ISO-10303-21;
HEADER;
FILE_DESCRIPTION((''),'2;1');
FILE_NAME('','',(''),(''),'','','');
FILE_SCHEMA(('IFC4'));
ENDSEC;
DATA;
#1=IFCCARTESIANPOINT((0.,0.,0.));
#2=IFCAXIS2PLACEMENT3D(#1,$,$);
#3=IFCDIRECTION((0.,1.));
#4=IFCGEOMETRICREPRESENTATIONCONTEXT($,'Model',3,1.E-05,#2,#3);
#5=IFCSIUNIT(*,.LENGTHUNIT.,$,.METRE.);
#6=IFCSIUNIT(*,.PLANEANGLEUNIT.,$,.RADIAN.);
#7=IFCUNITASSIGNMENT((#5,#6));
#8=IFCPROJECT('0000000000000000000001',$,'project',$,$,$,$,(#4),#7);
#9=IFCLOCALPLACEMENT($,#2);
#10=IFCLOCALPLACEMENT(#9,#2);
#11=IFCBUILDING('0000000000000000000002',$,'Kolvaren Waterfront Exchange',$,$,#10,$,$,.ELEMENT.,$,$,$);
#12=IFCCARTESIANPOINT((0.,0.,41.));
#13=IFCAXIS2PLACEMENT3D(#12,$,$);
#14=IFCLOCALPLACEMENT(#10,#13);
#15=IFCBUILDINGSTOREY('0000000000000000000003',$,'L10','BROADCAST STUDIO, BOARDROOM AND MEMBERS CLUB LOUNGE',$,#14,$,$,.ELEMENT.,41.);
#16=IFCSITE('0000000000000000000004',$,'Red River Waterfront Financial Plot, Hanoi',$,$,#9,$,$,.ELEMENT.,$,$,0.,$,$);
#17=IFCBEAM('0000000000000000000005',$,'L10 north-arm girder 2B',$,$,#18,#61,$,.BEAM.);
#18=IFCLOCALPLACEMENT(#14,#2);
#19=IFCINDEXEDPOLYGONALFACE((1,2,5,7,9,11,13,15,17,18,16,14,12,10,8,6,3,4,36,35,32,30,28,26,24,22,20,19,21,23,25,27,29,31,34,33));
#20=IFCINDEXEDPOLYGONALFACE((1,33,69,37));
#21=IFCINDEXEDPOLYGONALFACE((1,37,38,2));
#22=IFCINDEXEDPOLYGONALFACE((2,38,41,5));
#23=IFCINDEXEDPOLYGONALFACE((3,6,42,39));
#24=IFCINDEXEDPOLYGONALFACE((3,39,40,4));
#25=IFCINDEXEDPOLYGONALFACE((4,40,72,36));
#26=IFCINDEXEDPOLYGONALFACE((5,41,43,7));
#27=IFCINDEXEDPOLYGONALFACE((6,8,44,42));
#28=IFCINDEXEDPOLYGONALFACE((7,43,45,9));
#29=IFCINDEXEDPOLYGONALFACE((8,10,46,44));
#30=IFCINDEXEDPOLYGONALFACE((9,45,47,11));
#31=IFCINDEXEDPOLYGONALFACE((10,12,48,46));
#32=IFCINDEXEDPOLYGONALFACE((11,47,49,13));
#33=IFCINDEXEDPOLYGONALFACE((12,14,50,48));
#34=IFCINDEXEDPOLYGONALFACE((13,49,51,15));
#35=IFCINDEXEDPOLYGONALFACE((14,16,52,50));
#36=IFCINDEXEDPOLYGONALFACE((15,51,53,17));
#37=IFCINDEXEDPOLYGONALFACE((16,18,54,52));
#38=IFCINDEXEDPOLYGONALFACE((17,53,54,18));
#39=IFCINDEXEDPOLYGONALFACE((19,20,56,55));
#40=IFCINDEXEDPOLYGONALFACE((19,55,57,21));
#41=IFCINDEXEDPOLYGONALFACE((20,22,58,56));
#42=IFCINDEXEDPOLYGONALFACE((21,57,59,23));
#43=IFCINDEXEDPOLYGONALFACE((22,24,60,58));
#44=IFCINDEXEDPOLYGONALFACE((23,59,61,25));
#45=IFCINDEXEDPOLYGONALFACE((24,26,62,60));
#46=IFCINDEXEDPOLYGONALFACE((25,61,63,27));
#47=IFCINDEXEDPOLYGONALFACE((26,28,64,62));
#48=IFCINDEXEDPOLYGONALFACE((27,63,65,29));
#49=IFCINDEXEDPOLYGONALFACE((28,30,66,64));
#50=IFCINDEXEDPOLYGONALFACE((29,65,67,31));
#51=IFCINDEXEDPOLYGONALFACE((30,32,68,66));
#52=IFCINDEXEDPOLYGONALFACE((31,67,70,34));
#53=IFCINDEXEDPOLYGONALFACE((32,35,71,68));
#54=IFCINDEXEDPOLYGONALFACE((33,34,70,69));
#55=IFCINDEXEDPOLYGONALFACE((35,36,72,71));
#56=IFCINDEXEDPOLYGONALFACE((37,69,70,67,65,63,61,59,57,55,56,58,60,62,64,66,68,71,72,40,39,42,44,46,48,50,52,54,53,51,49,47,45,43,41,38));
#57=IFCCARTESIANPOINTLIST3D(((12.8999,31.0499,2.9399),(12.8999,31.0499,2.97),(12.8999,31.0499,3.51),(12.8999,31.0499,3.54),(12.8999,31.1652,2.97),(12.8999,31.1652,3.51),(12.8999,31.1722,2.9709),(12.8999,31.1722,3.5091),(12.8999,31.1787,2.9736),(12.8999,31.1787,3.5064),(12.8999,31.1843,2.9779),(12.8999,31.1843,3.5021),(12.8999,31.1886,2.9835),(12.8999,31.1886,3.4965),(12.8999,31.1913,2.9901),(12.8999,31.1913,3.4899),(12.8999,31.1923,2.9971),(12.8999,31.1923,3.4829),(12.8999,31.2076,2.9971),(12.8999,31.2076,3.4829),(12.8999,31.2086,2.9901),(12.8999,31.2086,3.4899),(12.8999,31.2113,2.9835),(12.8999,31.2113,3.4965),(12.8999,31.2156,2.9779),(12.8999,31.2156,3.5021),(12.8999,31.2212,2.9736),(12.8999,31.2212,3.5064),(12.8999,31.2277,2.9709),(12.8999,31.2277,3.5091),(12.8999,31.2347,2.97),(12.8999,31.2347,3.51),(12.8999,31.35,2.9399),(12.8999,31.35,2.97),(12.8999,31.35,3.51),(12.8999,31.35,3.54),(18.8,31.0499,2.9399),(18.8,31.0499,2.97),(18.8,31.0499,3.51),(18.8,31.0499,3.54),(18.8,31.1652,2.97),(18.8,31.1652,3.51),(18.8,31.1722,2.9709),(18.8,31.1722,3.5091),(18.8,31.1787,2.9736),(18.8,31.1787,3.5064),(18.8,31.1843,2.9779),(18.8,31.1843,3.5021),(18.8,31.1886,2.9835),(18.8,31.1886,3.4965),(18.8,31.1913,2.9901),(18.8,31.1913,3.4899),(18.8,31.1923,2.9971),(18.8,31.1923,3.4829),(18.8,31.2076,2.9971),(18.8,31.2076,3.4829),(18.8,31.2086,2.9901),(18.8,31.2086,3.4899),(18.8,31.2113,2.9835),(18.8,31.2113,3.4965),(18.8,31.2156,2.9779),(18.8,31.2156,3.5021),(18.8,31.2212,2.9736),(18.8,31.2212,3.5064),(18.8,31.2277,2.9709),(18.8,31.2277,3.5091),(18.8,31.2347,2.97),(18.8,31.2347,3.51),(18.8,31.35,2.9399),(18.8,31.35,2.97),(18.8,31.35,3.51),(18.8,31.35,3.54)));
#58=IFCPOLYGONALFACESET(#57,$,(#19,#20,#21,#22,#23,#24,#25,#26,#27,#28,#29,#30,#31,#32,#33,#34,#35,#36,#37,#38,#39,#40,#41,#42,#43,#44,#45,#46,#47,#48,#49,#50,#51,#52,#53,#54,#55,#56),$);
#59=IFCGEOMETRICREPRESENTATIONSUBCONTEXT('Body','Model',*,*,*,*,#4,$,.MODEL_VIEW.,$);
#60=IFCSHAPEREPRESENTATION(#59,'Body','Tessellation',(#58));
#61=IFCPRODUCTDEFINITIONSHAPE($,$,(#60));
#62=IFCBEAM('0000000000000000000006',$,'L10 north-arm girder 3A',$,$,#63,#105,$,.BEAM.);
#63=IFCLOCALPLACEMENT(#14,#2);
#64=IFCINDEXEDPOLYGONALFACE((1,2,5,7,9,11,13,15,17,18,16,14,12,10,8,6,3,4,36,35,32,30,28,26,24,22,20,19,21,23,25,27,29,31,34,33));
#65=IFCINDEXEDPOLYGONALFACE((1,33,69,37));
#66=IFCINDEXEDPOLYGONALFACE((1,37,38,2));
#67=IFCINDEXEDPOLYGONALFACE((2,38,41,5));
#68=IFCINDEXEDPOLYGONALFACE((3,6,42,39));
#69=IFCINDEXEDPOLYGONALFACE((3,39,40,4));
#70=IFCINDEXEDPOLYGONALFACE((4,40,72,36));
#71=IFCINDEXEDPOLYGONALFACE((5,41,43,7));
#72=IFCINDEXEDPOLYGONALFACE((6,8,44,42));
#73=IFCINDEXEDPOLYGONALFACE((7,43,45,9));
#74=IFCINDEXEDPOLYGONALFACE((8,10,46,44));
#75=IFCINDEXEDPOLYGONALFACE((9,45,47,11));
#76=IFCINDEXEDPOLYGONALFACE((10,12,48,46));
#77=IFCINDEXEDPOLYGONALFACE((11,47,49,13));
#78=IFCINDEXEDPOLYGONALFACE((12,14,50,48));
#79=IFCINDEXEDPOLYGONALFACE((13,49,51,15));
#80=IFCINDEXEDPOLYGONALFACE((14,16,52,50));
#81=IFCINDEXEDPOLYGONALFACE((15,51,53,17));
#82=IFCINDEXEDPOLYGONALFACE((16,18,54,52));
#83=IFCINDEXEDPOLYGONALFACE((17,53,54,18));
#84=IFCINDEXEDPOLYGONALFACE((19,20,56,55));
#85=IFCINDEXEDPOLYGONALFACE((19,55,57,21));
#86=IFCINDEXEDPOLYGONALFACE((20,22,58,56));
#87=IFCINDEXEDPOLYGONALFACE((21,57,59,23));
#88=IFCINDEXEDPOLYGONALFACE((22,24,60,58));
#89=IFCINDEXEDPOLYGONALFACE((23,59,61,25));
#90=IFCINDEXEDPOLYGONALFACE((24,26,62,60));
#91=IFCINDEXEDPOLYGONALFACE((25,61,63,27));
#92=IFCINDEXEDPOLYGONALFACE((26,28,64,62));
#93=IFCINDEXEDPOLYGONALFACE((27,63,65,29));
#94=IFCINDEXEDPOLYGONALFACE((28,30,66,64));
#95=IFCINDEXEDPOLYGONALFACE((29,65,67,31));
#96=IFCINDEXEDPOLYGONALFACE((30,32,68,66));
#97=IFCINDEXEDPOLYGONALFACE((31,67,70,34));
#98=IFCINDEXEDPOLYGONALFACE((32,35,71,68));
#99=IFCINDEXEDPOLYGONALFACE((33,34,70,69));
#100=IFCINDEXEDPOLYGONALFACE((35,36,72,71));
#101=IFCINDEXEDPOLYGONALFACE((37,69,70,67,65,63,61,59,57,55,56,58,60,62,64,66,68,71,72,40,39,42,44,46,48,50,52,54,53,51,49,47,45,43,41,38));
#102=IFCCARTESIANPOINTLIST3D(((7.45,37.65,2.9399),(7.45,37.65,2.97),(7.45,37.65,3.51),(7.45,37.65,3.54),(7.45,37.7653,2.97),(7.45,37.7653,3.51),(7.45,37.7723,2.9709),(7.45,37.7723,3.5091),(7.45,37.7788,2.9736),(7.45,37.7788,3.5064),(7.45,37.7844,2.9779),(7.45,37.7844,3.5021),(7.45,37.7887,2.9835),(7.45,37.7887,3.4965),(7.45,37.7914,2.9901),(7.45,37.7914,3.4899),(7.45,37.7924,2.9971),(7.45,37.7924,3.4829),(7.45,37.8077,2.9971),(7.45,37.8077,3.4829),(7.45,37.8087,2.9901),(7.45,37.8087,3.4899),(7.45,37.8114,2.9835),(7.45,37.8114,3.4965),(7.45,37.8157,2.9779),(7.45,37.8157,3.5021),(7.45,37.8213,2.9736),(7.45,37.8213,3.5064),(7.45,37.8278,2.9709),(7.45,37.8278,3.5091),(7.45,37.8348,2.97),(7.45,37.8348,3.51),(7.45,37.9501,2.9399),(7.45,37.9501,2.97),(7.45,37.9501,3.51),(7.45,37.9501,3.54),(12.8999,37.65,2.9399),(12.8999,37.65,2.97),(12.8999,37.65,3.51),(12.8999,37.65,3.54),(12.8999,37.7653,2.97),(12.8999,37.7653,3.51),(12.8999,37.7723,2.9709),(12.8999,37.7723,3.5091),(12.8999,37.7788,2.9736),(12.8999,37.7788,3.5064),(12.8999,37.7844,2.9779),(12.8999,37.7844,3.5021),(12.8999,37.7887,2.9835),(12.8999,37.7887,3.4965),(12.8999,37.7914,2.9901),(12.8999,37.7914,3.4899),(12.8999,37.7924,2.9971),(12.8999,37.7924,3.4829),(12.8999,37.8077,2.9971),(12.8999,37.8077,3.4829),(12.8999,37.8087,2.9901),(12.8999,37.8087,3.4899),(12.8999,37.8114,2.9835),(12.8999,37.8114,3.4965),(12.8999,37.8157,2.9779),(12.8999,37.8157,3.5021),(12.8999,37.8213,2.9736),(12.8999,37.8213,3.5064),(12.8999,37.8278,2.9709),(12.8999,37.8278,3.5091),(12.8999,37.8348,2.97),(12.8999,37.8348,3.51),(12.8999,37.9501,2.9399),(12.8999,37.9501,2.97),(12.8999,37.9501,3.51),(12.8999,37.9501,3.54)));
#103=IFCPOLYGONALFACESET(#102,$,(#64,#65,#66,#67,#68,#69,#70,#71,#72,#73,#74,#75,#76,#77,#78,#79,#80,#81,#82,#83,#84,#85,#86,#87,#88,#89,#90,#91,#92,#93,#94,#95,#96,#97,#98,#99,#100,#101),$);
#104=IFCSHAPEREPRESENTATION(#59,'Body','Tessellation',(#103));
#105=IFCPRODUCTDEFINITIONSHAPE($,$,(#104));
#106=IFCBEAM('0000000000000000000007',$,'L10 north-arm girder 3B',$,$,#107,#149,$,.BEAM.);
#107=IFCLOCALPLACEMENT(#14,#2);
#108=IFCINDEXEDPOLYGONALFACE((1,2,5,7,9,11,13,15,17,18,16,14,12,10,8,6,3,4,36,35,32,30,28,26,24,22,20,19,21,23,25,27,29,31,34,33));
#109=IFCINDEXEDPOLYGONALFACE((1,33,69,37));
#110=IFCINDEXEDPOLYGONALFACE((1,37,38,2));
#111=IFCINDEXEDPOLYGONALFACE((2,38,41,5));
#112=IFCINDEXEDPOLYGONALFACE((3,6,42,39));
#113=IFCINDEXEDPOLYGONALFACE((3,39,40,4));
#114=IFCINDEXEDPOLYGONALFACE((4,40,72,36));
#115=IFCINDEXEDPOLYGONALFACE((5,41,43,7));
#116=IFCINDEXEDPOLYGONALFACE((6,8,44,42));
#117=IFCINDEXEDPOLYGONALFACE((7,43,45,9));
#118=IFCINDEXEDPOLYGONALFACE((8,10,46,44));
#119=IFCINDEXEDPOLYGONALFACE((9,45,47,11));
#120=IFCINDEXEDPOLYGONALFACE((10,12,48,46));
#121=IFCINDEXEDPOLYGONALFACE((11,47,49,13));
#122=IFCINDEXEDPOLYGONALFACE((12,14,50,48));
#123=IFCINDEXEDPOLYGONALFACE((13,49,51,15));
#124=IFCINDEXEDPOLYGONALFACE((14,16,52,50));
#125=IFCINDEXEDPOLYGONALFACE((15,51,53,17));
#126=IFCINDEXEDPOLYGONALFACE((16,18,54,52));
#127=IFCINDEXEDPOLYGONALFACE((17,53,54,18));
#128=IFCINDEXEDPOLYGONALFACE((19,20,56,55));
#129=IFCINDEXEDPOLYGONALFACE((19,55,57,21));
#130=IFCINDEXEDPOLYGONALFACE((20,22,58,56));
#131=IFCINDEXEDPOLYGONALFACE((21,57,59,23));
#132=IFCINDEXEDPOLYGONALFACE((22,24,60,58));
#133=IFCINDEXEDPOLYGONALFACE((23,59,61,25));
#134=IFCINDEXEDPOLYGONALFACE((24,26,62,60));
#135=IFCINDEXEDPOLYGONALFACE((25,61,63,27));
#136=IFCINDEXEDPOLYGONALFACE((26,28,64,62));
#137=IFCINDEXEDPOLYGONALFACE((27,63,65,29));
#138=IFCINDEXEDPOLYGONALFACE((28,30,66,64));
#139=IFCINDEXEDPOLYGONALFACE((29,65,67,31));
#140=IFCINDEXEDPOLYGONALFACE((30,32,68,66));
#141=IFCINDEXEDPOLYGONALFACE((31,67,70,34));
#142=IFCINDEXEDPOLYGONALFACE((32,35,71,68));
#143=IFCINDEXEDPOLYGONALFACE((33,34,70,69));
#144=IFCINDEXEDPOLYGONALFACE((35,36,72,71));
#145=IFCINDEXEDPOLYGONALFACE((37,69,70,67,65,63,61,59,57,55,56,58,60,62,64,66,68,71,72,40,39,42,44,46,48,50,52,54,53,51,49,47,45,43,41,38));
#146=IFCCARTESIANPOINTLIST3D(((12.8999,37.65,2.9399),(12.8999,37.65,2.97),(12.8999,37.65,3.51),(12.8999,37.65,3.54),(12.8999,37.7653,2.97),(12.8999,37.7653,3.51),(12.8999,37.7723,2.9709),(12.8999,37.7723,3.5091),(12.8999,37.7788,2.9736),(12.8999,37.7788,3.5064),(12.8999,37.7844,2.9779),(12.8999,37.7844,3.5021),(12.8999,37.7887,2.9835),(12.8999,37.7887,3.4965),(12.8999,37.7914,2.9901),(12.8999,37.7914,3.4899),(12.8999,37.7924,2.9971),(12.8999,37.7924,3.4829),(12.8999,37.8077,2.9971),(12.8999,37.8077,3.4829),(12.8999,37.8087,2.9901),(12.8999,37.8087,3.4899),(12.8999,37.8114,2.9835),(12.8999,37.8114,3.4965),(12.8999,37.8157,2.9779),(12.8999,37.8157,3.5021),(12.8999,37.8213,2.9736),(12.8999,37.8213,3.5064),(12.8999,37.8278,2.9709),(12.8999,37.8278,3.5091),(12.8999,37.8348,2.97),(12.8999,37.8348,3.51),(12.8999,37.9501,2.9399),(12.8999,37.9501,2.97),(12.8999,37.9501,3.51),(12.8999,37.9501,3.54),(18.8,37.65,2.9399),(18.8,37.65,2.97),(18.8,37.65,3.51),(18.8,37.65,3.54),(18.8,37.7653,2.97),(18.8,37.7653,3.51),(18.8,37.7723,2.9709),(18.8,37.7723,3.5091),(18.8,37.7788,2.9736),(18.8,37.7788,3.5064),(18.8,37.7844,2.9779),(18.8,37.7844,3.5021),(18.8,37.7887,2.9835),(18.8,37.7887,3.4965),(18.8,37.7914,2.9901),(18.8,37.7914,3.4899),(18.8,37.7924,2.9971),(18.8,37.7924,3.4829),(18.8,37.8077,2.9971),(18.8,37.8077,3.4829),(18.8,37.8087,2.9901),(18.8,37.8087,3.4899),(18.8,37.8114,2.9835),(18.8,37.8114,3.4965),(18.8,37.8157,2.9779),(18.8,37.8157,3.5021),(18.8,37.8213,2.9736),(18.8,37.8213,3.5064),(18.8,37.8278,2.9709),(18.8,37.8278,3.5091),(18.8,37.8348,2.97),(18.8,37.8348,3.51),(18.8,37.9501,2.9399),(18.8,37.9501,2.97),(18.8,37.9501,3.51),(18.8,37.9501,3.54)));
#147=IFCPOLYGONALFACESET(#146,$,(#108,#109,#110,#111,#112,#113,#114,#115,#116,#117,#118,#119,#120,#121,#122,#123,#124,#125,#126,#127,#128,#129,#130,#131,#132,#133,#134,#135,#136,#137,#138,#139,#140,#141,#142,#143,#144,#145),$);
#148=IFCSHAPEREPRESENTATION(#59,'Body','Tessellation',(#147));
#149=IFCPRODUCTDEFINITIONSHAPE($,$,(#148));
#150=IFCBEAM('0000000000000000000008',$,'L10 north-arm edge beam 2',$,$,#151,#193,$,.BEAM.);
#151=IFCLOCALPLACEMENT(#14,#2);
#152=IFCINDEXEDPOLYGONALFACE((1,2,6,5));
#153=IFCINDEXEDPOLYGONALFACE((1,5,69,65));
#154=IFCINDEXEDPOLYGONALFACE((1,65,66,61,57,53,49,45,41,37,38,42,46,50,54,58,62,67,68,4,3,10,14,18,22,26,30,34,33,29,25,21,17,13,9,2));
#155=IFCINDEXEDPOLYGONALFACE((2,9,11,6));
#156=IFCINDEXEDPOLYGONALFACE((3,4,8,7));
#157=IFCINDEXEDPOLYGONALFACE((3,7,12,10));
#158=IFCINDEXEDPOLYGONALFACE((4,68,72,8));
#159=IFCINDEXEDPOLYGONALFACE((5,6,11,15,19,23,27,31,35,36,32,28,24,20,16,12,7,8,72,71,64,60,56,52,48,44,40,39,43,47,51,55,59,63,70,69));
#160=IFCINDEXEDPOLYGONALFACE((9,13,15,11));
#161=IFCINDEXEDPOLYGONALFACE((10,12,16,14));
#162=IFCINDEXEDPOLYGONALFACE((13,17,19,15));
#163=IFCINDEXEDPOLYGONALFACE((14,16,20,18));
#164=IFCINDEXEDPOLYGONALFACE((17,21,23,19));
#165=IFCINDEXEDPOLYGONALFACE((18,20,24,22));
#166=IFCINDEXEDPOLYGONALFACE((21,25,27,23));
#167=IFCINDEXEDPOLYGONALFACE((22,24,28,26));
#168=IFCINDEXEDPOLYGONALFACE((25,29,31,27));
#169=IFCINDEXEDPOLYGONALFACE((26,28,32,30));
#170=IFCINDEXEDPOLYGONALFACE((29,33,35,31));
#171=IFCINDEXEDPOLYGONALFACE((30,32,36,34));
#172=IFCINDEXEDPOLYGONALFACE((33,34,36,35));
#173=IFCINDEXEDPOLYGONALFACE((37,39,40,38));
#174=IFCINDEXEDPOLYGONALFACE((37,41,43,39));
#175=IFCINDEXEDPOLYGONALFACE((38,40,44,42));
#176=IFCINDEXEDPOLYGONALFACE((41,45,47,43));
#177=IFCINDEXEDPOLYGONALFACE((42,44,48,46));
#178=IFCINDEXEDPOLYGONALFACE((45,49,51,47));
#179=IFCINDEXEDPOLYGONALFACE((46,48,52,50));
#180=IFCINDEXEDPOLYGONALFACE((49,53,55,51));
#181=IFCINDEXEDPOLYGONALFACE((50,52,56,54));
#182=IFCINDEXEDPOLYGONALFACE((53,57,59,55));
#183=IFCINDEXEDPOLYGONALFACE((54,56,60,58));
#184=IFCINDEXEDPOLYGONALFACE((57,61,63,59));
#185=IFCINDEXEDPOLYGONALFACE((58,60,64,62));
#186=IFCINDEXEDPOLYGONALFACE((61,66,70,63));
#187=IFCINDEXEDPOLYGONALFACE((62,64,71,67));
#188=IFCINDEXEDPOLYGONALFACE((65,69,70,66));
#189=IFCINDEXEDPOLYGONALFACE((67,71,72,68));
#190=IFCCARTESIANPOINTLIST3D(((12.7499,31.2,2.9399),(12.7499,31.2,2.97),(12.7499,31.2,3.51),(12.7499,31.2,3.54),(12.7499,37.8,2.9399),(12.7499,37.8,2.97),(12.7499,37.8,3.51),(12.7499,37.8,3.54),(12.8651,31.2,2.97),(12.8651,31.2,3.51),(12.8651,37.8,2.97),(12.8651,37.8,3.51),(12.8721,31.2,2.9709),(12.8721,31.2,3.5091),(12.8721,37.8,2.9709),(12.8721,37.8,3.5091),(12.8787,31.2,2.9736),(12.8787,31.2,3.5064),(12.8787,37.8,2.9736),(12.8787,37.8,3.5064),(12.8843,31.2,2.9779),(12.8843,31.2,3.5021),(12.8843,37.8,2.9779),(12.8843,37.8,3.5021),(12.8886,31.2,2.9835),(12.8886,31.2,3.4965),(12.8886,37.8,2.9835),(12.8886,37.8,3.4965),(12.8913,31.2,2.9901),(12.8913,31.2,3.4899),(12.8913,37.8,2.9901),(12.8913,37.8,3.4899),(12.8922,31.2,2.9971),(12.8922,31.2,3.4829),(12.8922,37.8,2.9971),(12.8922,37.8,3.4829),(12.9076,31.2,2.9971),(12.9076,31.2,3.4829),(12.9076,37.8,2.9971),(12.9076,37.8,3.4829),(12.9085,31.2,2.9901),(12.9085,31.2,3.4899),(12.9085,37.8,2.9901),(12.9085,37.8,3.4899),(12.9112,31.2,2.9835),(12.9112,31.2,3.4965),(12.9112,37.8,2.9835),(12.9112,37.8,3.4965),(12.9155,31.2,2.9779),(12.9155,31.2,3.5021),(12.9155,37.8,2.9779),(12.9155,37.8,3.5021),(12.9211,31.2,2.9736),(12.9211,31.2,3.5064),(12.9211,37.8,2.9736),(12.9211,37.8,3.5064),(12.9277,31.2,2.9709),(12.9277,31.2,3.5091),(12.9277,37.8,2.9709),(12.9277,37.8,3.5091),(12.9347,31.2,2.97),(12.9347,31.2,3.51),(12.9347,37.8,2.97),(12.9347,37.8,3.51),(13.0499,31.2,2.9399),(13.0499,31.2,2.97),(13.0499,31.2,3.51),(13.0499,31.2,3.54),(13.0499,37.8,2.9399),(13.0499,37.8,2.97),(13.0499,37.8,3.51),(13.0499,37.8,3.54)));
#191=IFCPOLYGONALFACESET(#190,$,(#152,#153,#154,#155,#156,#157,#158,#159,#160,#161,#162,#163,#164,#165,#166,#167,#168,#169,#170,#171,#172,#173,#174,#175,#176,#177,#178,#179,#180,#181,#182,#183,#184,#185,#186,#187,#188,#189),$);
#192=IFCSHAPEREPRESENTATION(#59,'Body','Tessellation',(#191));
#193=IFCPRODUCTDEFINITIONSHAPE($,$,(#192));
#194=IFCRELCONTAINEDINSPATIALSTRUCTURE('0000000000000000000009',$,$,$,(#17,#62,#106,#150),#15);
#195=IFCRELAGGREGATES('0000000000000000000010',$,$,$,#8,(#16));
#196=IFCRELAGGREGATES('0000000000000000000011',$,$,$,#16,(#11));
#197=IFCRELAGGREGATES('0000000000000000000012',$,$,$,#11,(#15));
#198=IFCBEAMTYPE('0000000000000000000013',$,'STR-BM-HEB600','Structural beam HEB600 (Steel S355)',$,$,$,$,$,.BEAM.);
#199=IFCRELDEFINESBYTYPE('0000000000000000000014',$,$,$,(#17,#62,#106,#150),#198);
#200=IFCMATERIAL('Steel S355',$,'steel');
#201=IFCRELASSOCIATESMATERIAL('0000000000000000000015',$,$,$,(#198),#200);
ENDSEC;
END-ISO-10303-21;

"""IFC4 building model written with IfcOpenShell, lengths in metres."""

from ifc_helpers import new_model, si_unit, direction, frame, origin, origin_2d, place, context, subcontext, project, spatial, i_section, extrude, material, material_profile, profile_set, type_object, element, save


model = new_model("IFC4")

# Units and contexts
model_context = context("Model", 3, precision=1e-05, world=origin(), true_north=direction((0.0, 1.0)))
body_context = subcontext(model_context, "Body", "Model", "MODEL_VIEW")
ifc_project = project(units=[si_unit("LENGTHUNIT", "METRE"), si_unit("PLANEANGLEUNIT", "RADIAN")], contexts=[model_context])

# Site, building, storey
site_placement = place(None, origin())
site = spatial("IfcSite", under=ifc_project, at=site_placement, Name="Red River Waterfront Financial Plot, Hanoi", CompositionType="ELEMENT", RefElevation=0.0)
building_placement = place(site_placement, origin())
building = spatial("IfcBuilding", under=site, at=building_placement, Name="Kolvaren Waterfront Exchange", CompositionType="ELEMENT")
storey_placement = place(building_placement, frame((0.0, 0.0, 41.0)))
storey = spatial("IfcBuildingStorey", under=building, at=storey_placement, Name="L10", Description="BROADCAST STUDIO, BOARDROOM AND MEMBERS CLUB LOUNGE", CompositionType="ELEMENT", Elevation=41.0)

# Beams
ifc_material_1 = material(Name="Steel S355", Category="steel")
ifc_material_profile_1 = material_profile(ifc_material_1, i_section(OverallWidth=0.3, OverallDepth=0.6001, WebThickness=0.0154, FlangeThickness=0.03, FilletRadius=0.0271, at=origin_2d()), Name="HEB600")
ifc_profile_set_1 = profile_set([ifc_material_profile_1], Name="Steel S355")
beam_type_1 = type_object("IfcBeamType", Name="STR-BM-HEB600", Description="Structural beam HEB600 (Steel S355)", PredefinedType="BEAM", material=ifc_profile_set_1)
beam_1_placement = place(storey_placement, frame((12.8999, 31.2, 3.24), z_axis=(1.0, 0.0, 0.0), x_axis=(0.0, 1.0, 0.0)))
element("IfcBeam", 1, at=beam_1_placement, inside=storey, type_object=beam_type_1, Name="L10 north-arm girder 2B", PredefinedType="BEAM", context=body_context, shape_type="SweptSolid", body=[
    extrude(i_section(OverallWidth=0.3, OverallDepth=0.6001, WebThickness=0.0154, FlangeThickness=0.03, FilletRadius=0.0271, at=origin_2d()), origin(), (0.0, 0.0, 1.0), 5.9001),
])
beam_2_placement = place(storey_placement, frame((7.45, 37.8, 3.24), z_axis=(1.0, 0.0, 0.0), x_axis=(0.0, 1.0, 0.0)))
element("IfcBeam", 2, at=beam_2_placement, inside=storey, type_object=beam_type_1, Name="L10 north-arm girder 3A", PredefinedType="BEAM", context=body_context, shape_type="SweptSolid", body=[
    extrude(i_section(OverallWidth=0.3, OverallDepth=0.6001, WebThickness=0.0154, FlangeThickness=0.03, FilletRadius=0.0271, at=origin_2d()), origin(), (0.0, 0.0, 1.0), 5.45),
])
beam_3_placement = place(storey_placement, frame((12.8999, 37.8, 3.24), z_axis=(1.0, 0.0, 0.0), x_axis=(0.0, 1.0, 0.0)))
element("IfcBeam", 3, at=beam_3_placement, inside=storey, type_object=beam_type_1, Name="L10 north-arm girder 3B", PredefinedType="BEAM", context=body_context, shape_type="SweptSolid", body=[
    extrude(i_section(OverallWidth=0.3, OverallDepth=0.6001, WebThickness=0.0154, FlangeThickness=0.03, FilletRadius=0.0271, at=origin_2d()), origin(), (0.0, 0.0, 1.0), 5.9001),
])
beam_4_placement = place(storey_placement, frame((12.8999, 31.2, 3.24), z_axis=(0.0, 1.0, 0.0), x_axis=(-1.0, 0.0, 0.0)))
element("IfcBeam", 4, at=beam_4_placement, inside=storey, type_object=beam_type_1, Name="L10 north-arm edge beam 2", PredefinedType="BEAM", context=body_context, shape_type="SweptSolid", body=[
    extrude(i_section(OverallWidth=0.3, OverallDepth=0.6001, WebThickness=0.0154, FlangeThickness=0.03, FilletRadius=0.0271, at=origin_2d()), origin(), (0.0, 0.0, 1.0), 6.6001),
])

save(model, "model.ifc")
